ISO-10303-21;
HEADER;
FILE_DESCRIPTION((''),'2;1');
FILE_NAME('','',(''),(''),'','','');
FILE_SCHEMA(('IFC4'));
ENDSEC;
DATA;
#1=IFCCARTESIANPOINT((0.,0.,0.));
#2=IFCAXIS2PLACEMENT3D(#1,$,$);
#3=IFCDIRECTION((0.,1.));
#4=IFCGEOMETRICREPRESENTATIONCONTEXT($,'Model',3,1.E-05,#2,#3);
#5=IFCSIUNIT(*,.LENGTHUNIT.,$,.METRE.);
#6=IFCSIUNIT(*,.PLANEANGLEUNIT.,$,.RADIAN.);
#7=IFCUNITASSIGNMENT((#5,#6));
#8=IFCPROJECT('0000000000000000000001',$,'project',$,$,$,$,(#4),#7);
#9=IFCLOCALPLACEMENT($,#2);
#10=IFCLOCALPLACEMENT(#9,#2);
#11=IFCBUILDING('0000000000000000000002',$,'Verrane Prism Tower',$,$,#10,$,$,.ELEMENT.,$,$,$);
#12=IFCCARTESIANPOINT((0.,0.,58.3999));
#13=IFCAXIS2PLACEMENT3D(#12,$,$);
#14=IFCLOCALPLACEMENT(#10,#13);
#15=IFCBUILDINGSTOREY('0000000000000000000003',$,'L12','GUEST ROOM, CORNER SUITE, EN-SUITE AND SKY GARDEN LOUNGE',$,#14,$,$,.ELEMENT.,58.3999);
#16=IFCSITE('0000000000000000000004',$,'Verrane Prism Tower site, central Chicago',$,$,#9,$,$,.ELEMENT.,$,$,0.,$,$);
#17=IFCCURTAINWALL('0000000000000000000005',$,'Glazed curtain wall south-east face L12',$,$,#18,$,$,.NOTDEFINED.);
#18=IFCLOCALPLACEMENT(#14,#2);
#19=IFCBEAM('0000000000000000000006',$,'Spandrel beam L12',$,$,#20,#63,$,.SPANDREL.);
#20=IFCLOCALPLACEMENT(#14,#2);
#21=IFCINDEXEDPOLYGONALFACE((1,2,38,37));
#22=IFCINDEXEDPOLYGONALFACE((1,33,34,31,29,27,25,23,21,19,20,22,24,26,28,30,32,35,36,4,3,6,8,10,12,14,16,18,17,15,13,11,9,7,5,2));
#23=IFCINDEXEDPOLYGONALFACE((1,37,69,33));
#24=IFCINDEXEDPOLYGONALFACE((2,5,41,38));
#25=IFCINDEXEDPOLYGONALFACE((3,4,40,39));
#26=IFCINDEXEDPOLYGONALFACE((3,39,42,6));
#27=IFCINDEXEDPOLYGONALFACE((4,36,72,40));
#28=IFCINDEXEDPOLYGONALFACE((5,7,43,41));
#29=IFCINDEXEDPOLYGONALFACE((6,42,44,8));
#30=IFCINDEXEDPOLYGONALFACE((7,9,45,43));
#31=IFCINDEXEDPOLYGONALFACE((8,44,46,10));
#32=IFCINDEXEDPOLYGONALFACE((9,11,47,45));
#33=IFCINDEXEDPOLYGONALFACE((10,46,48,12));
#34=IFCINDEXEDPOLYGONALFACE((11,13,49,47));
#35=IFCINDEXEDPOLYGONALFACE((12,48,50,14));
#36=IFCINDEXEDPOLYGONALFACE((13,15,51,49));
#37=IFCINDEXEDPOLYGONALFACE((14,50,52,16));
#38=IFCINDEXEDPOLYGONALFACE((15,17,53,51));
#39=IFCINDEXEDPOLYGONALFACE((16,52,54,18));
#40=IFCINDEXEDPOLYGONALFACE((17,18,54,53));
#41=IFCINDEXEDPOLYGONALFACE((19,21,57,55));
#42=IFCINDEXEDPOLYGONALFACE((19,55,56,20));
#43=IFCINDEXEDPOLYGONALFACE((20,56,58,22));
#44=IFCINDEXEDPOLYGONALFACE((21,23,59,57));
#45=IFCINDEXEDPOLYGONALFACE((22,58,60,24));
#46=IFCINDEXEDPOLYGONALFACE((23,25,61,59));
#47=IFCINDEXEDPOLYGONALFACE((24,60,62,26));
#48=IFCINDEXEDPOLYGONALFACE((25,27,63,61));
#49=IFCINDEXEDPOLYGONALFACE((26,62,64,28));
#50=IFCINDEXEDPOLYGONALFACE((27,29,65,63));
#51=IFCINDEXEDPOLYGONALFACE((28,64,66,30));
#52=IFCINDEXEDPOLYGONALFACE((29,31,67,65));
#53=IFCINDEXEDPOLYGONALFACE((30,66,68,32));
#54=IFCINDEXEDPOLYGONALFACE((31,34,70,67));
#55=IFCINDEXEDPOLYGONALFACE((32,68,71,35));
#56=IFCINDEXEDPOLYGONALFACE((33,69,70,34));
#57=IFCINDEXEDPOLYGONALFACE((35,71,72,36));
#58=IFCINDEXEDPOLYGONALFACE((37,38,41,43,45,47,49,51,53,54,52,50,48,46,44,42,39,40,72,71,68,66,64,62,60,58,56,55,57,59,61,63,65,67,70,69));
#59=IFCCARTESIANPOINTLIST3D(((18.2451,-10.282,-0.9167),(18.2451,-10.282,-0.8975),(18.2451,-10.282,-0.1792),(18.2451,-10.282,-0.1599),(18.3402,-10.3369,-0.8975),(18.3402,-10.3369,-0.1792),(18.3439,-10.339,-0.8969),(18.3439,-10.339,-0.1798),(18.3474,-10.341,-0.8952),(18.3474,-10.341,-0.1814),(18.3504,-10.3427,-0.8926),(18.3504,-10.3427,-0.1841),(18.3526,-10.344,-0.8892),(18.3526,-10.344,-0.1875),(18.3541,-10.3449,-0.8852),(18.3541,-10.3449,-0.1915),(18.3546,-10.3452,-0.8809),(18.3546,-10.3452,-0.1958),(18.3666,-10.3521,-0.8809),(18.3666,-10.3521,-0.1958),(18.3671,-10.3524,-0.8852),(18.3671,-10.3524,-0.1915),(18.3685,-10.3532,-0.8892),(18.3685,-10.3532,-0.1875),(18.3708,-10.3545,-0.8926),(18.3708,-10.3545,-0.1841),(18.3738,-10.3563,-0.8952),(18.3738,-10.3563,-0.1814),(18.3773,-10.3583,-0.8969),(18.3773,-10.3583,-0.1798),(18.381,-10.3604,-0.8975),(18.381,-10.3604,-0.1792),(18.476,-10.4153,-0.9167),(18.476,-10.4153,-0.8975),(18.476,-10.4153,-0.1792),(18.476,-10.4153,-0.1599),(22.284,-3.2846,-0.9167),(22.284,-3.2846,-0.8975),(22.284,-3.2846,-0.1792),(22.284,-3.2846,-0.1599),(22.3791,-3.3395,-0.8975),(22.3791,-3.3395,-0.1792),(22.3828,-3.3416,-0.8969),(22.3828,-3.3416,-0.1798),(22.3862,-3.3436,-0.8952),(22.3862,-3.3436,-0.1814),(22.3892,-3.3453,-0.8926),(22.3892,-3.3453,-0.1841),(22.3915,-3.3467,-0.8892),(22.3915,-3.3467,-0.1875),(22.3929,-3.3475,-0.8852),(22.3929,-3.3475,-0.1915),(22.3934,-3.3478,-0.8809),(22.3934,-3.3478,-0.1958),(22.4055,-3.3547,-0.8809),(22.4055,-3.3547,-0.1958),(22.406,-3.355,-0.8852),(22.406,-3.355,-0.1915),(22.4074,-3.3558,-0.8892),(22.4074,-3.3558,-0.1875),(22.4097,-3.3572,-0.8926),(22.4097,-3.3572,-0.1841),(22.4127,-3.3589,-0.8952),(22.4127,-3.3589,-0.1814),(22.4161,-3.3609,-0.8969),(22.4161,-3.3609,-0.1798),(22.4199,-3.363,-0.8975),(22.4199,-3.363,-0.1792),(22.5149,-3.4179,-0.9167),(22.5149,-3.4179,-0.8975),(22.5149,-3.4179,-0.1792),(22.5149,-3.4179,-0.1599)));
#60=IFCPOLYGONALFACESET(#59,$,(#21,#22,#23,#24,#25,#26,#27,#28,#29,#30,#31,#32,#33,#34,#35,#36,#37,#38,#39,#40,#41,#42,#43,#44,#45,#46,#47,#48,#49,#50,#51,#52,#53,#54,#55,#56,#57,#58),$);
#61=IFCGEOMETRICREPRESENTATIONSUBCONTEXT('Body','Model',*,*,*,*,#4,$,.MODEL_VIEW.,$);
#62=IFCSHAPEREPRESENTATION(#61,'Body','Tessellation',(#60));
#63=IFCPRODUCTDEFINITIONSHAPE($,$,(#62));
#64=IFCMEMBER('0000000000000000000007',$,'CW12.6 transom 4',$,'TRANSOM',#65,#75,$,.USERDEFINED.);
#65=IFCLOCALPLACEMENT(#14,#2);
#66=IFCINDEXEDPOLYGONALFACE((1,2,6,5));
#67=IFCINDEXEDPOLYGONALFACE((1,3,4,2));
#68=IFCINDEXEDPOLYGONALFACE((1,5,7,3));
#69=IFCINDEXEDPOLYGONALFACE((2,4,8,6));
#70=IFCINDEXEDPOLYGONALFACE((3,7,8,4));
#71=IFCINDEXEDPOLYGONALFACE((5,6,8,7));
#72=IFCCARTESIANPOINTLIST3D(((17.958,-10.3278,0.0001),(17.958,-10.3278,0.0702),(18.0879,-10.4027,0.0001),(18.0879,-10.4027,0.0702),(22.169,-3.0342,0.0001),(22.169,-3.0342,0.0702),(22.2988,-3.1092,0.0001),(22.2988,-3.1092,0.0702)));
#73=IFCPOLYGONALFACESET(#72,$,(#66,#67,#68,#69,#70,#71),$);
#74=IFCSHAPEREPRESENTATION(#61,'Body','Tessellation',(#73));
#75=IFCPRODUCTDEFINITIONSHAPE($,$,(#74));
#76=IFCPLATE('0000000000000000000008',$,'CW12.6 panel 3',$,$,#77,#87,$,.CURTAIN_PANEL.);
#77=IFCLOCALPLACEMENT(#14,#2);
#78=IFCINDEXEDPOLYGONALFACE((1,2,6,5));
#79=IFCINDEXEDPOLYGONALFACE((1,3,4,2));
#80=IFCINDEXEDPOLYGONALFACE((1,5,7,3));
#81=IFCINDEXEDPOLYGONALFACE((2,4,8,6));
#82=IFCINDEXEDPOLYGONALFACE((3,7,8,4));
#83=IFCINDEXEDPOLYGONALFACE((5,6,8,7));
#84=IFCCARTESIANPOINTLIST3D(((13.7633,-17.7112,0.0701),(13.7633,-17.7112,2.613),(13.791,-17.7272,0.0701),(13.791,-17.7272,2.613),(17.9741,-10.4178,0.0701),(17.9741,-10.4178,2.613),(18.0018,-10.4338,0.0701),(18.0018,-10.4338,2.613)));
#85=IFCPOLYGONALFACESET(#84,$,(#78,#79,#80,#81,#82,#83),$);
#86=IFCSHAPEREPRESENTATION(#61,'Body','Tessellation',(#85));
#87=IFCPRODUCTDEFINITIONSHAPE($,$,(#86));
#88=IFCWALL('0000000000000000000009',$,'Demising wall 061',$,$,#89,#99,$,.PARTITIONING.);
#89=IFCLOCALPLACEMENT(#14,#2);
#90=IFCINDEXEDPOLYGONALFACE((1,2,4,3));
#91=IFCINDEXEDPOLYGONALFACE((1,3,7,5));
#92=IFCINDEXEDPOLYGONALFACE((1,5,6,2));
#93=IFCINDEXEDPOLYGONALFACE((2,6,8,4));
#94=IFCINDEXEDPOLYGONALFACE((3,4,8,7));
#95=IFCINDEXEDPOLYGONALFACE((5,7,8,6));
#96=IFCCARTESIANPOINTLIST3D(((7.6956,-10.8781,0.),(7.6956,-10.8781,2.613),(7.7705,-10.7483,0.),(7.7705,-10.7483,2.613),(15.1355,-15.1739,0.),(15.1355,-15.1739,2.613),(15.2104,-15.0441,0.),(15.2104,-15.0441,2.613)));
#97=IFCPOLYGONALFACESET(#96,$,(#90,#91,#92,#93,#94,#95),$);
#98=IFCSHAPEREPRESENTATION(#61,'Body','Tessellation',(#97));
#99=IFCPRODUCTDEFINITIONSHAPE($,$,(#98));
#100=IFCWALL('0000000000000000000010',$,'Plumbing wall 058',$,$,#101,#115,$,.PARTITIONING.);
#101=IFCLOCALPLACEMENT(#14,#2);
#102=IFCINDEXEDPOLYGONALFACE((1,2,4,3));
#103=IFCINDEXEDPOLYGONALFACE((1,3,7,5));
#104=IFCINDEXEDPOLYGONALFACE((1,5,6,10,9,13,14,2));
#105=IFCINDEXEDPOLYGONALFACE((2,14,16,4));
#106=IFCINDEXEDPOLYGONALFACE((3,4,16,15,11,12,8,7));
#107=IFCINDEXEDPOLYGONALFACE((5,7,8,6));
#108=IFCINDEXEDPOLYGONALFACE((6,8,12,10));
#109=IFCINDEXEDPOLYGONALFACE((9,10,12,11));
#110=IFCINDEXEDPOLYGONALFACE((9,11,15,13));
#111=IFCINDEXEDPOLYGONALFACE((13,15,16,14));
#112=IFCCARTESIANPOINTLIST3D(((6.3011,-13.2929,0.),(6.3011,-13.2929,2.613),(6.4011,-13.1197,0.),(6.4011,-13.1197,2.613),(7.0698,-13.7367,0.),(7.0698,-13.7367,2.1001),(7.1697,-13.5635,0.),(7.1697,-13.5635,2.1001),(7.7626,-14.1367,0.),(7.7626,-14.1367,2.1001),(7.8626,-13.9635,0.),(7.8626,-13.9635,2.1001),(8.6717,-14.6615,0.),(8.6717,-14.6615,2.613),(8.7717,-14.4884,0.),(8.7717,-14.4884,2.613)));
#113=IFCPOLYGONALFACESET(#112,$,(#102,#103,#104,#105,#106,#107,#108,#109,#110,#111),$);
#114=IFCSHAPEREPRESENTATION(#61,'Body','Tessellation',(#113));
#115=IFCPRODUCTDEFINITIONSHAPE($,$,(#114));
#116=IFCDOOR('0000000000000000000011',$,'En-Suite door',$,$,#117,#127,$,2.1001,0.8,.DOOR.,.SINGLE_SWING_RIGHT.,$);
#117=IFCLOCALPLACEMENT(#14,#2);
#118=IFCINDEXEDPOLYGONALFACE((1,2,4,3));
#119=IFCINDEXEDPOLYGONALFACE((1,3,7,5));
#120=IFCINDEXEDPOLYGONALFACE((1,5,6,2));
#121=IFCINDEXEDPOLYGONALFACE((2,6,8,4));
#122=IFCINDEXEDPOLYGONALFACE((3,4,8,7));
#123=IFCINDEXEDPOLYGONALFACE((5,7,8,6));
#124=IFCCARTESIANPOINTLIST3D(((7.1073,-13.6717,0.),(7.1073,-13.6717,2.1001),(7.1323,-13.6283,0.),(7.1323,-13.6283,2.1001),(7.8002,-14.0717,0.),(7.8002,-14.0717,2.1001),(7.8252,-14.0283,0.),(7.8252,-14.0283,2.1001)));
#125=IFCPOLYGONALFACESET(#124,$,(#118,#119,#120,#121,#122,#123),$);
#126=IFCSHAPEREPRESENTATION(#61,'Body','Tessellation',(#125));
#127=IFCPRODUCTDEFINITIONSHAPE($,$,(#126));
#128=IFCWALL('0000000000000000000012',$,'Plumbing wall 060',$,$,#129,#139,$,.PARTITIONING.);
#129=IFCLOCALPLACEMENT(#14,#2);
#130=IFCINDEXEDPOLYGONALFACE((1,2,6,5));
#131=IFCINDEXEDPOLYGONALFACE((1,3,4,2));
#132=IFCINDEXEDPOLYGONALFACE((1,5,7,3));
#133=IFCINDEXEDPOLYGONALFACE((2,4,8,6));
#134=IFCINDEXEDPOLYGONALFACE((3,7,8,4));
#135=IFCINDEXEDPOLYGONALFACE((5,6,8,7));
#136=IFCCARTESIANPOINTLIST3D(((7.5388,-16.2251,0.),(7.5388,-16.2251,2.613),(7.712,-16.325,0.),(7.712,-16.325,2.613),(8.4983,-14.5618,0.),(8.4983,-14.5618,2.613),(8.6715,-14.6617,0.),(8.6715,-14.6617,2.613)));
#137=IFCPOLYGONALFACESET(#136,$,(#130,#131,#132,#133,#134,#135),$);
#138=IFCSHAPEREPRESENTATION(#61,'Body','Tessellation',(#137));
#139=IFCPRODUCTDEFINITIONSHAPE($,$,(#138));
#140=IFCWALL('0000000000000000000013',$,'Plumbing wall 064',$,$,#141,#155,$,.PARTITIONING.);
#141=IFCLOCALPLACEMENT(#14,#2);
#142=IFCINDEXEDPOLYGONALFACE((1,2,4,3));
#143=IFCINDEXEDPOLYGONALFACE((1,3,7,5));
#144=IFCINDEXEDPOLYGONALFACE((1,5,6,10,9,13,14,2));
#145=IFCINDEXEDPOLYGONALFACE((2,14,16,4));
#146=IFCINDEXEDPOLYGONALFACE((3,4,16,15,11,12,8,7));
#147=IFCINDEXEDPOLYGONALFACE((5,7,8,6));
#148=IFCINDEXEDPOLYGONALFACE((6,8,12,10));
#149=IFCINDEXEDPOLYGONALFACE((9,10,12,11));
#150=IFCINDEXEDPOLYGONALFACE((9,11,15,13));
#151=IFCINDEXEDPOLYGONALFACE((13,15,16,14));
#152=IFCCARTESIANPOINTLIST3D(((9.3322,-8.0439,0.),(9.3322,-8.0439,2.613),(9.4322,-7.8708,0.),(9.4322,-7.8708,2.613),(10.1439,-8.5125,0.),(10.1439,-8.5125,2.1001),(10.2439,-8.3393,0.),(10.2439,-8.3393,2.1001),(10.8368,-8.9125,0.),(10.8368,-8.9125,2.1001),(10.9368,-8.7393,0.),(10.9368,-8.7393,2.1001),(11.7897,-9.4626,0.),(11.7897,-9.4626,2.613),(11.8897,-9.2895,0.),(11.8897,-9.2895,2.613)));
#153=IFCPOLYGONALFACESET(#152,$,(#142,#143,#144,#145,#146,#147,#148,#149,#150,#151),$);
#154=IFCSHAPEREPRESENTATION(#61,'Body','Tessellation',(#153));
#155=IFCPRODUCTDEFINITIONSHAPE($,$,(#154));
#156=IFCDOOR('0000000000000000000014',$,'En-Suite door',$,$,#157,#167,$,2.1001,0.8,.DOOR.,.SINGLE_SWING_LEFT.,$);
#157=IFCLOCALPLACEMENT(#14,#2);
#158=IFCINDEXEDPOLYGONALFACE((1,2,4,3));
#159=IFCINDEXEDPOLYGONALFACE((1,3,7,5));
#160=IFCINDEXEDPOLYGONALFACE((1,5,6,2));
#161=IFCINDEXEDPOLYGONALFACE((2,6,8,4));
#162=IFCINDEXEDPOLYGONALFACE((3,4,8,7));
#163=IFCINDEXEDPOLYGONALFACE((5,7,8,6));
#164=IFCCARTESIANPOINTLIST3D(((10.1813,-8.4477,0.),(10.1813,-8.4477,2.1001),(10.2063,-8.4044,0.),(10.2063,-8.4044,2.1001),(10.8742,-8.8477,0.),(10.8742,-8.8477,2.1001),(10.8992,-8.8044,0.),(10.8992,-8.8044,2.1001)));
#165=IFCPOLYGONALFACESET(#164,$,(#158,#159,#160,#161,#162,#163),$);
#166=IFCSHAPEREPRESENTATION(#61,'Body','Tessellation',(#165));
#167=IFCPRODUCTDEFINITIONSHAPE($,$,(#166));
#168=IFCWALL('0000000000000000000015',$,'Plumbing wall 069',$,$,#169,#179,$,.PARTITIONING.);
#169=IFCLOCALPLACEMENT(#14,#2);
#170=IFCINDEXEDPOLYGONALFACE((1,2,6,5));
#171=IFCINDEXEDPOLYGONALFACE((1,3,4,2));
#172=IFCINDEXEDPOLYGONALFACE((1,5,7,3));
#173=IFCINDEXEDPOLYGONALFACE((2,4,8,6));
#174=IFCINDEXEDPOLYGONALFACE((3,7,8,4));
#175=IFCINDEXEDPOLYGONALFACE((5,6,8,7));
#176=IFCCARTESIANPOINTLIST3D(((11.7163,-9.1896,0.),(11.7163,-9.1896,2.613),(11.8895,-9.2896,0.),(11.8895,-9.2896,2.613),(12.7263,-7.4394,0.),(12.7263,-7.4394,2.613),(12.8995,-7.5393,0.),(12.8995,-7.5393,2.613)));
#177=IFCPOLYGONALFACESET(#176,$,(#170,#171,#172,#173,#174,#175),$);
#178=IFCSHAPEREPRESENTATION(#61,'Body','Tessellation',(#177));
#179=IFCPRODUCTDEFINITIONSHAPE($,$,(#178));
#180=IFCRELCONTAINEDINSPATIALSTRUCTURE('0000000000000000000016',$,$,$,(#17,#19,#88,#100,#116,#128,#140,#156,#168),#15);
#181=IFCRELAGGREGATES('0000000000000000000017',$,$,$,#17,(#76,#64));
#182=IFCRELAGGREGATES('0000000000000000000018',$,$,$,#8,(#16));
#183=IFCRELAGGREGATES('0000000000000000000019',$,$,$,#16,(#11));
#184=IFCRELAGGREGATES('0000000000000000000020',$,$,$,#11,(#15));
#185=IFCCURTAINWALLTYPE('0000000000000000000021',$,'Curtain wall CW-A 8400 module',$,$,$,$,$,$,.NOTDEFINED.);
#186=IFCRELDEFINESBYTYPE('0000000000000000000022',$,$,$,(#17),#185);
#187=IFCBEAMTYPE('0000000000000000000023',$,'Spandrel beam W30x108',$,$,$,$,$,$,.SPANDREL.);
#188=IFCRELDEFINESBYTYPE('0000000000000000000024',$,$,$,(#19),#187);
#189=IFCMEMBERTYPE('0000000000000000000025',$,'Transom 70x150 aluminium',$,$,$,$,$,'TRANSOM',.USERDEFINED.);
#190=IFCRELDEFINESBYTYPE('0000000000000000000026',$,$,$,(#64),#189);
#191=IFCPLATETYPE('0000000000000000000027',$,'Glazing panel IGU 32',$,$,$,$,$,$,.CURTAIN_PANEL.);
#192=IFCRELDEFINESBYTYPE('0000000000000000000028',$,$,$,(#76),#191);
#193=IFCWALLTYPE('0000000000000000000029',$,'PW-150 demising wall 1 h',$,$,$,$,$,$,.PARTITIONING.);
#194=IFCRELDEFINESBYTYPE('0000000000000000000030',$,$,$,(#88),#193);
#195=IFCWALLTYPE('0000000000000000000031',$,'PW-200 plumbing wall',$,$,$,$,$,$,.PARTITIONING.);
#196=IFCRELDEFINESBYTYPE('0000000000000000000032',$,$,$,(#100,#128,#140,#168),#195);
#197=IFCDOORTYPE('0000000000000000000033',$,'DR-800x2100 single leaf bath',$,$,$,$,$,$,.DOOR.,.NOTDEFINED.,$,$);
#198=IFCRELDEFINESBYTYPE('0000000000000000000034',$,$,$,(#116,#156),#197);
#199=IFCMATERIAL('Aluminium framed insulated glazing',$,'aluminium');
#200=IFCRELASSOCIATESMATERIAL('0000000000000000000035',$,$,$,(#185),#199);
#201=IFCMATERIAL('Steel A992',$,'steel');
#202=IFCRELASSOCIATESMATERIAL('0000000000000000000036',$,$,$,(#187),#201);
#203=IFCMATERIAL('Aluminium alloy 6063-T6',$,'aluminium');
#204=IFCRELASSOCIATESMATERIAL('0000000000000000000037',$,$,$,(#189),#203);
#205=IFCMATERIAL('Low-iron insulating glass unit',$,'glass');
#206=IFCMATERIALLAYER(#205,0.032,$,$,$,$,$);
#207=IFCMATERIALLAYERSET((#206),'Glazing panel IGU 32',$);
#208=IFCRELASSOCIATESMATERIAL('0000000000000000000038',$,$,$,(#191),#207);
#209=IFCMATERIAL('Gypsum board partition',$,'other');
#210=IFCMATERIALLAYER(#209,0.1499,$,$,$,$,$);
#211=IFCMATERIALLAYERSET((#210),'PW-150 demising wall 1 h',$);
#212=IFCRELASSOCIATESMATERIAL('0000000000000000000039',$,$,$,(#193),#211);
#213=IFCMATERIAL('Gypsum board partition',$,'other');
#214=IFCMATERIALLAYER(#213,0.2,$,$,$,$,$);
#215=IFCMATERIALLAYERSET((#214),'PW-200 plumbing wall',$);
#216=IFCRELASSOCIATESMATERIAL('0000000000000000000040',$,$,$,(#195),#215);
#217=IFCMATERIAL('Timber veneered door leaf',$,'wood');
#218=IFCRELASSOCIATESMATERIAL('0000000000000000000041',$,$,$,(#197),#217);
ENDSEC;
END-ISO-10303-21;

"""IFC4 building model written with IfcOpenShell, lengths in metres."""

from ifc_helpers import new_model, si_unit, direction, frame, frame_2d, origin, origin_2d, place, context, subcontext, project, spatial, rectangle, i_section, extrude, material, layer, layer_set, material_profile, profile_set, type_object, element, fill, aggregate, save


model = new_model("IFC4")

# Units and contexts
model_context = context("Model", 3, precision=1e-05, world=origin(), true_north=direction((0.0, 1.0)))
body_context = subcontext(model_context, "Body", "Model", "MODEL_VIEW")
ifc_project = project(units=[si_unit("LENGTHUNIT", "METRE"), si_unit("PLANEANGLEUNIT", "RADIAN")], contexts=[model_context])

# Site, building, storey
site_placement = place(None, origin())
site = spatial("IfcSite", under=ifc_project, at=site_placement, Name="Verrane Prism Tower site, central Chicago", CompositionType="ELEMENT", RefElevation=0.0)
building_placement = place(site_placement, origin())
building = spatial("IfcBuilding", under=site, at=building_placement, Name="Verrane Prism Tower", CompositionType="ELEMENT")
storey_placement = place(building_placement, frame((0.0, 0.0, 58.3999)))
storey = spatial("IfcBuildingStorey", under=building, at=storey_placement, Name="L12", Description="GUEST ROOM, CORNER SUITE, EN-SUITE AND SKY GARDEN LOUNGE", CompositionType="ELEMENT", Elevation=58.3999)

# Curtain wall
ifc_material_1 = material(Name="Aluminium framed insulated glazing", Category="aluminium")
curtain_wall_type = type_object("IfcCurtainWallType", Name="Curtain wall CW-A 8400 module", PredefinedType="NOTDEFINED", material=ifc_material_1)
curtain_wall_placement = place(storey_placement, origin())
curtain_wall = element("IfcCurtainWall", 1, at=curtain_wall_placement, inside=storey, type_object=curtain_wall_type, Name="Glazed curtain wall south-east face L12", PredefinedType="NOTDEFINED")

# Beam
ifc_material_2 = material(Name="Steel A992", Category="steel")
ifc_material_profile_1 = material_profile(ifc_material_2, i_section(OverallWidth=0.2666, OverallDepth=0.7568, WebThickness=0.0139, FlangeThickness=0.0193, FilletRadius=0.0166, at=origin_2d()), Name="W30x108")
ifc_profile_set_1 = profile_set([ifc_material_profile_1], Name="Steel A992")
beam_type_1 = type_object("IfcBeamType", Name="Spandrel beam W30x108", PredefinedType="SPANDREL", material=ifc_profile_set_1)
beam_1_placement = place(storey_placement, frame((18.3606, -10.3486, -0.5383), z_axis=(0.499899, 0.866083, 0.0), x_axis=(-0.866083, 0.499899, 0.0)))
element("IfcBeam", 2, at=beam_1_placement, inside=storey, type_object=beam_type_1, Name="Spandrel beam L12", PredefinedType="SPANDREL", context=body_context, shape_type="SweptSolid", body=[
    extrude(i_section(OverallWidth=0.2666, OverallDepth=0.7568, WebThickness=0.0139, FlangeThickness=0.0193, FilletRadius=0.0166, at=origin_2d()), origin(), (0.0, 0.0, 1.0), 8.0793),
])

# Member
ifc_material_3 = material(Name="Aluminium alloy 6063-T6", Category="aluminium")
ifc_material_profile_2 = material_profile(ifc_material_3, rectangle(XDim=0.1499, YDim=0.0701, at=origin_2d()), Name="Transom 70x150 aluminium")
ifc_profile_set_2 = profile_set([ifc_material_profile_2], Name="Aluminium alloy 6063-T6")
member_type_1 = type_object("IfcMemberType", Name="Transom 70x150 aluminium", ElementType="TRANSOM", PredefinedType="USERDEFINED", material=ifc_profile_set_2)
member_1_placement = place(storey_placement, frame((18.0229, -10.3652, 0.0352), z_axis=(0.500005, 0.866022, 0.0), x_axis=(-0.866022, 0.500005, 0.0)))
member_1 = element("IfcMember", 3, at=member_1_placement, type_object=member_type_1, Name="CW12.6 transom 4", ObjectType="TRANSOM", PredefinedType="USERDEFINED", context=body_context, shape_type="SweptSolid", body=[
    extrude(rectangle(XDim=0.1499, YDim=0.0701, at=origin_2d()), origin(), (0.0, 0.0, 1.0), 8.4219),
])

# Plate
ifc_material_4 = material(Name="Low-iron insulating glass unit", Category="glass")
ifc_layer_1 = layer(ifc_material_4, 0.032)
ifc_layer_set_1 = layer_set([ifc_layer_1], Name="Glazing panel IGU 32")
plate_type = type_object("IfcPlateType", Name="Glazing panel IGU 32", PredefinedType="CURTAIN_PANEL", material=ifc_layer_set_1)
plate_placement = place(storey_placement, frame((15.8826, -14.0725, 0.0701), z_axis=(0.0, 0.0, 1.0), x_axis=(0.499999, 0.866026, 0.0)))
plate = element("IfcPlate", 4, at=plate_placement, type_object=plate_type, Name="CW12.6 panel 3", PredefinedType="CURTAIN_PANEL", context=body_context, shape_type="SweptSolid", body=[
    extrude(rectangle(XDim=8.4216, YDim=0.032, at=origin_2d()), origin(), (0.0, 0.0, 1.0), 2.543),
])
aggregate(curtain_wall, [plate, member_1])

# Wall
ifc_material_5 = material(Name="Gypsum board partition", Category="other")
ifc_layer_2 = layer(ifc_material_5, 0.1499)
ifc_layer_set_2 = layer_set([ifc_layer_2], Name="PW-150 demising wall 1 h")
wall_type_1 = type_object("IfcWallType", Name="PW-150 demising wall 1 h", PredefinedType="PARTITIONING", material=ifc_layer_set_2)
wall_1_placement = place(storey_placement, frame((7.7332, -10.8132, 0.0), z_axis=(0.0, 0.0, 1.0), x_axis=(0.866003, -0.500039, 0.0)))
element("IfcWall", 5, at=wall_1_placement, inside=storey, type_object=wall_type_1, Name="Demising wall 061", PredefinedType="PARTITIONING", context=body_context, shape_type="SweptSolid", body=[
    extrude(rectangle(XDim=8.5911, YDim=0.1499, at=frame_2d((4.2954, 0.0))), origin(), (0.0, 0.0, 1.0), 2.613),
])

# Wall, opening, door
ifc_material_6 = material(Name="Gypsum board partition", Category="other")
ifc_layer_3 = layer(ifc_material_6, 0.2)
ifc_layer_set_3 = layer_set([ifc_layer_3], Name="PW-200 plumbing wall")
wall_type_2 = type_object("IfcWallType", Name="PW-200 plumbing wall", PredefinedType="PARTITIONING", material=ifc_layer_set_3)
wall_2_placement = place(storey_placement, frame((8.7217, -14.575, 0.0), z_axis=(0.0, 0.0, 1.0), x_axis=(-0.866028, 0.499995, 0.0)))
wall_2 = element("IfcWall", 6, at=wall_2_placement, inside=storey, type_object=wall_type_2, Name="Plumbing wall 058", PredefinedType="PARTITIONING", context=body_context, shape_type="SweptSolid", body=[
    extrude(rectangle(XDim=2.7373, YDim=0.2, at=frame_2d((1.3687, 0.0))), origin(), (0.0, 0.0, 1.0), 2.613),
])
opening_1_placement = place(wall_2_placement, frame((1.0498, 0.0, 0.0)))
opening_1 = element("IfcOpeningElement", 7, at=opening_1_placement, cuts=wall_2, PredefinedType="OPENING", context=body_context, shape_type="SweptSolid", body=[
    extrude(rectangle(XDim=0.8, YDim=2.1001, at=frame_2d((0.3999, 1.05))), frame((0.0, 0.1099, 0.0), z_axis=(0.0, -1.0, 0.0), x_axis=(1.0, 0.0, 0.0)), (0.0, 0.0, 1.0), 0.22),
])
ifc_material_7 = material(Name="Timber veneered door leaf", Category="wood")
door_type = type_object("IfcDoorType", Name="DR-800x2100 single leaf bath", OperationType="NOTDEFINED", PredefinedType="DOOR", material=ifc_material_7)
door_1_placement = place(opening_1_placement, origin())
door_1 = element("IfcDoor", 8, at=door_1_placement, inside=storey, type_object=door_type, Name="En-Suite door", OperationType="SINGLE_SWING_RIGHT", OverallHeight=2.1001, OverallWidth=0.8, PredefinedType="DOOR", context=body_context, shape_type="SweptSolid", body=[
    extrude(rectangle(XDim=0.8, YDim=2.1001, at=frame_2d((0.3999, 1.05))), frame((0.0, 0.0249, 0.0), z_axis=(0.0, -1.0, 0.0), x_axis=(1.0, 0.0, 0.0)), (0.0, 0.0, 1.0), 0.05),
])
fill(opening_1, door_1)

# Wall
wall_3_placement = place(storey_placement, frame((7.6255, -16.2749, 0.0), z_axis=(0.0, 0.0, 1.0), x_axis=(0.499667, 0.866217, 0.0)))
element("IfcWall", 9, at=wall_3_placement, inside=storey, type_object=wall_type_2, Name="Plumbing wall 060", PredefinedType="PARTITIONING", context=body_context, shape_type="SweptSolid", body=[
    extrude(rectangle(XDim=1.9202, YDim=0.2, at=frame_2d((0.96, 0.0))), origin(), (0.0, 0.0, 1.0), 2.613),
])

# Wall, opening, door
wall_4_placement = place(storey_placement, frame((9.3821, -7.9573, 0.0), z_axis=(0.0, 0.0, 1.0), x_axis=(0.866048, -0.499961, 0.0)))
wall_4 = element("IfcWall", 10, at=wall_4_placement, inside=storey, type_object=wall_type_2, Name="Plumbing wall 064", PredefinedType="PARTITIONING", context=body_context, shape_type="SweptSolid", body=[
    extrude(rectangle(XDim=2.8376, YDim=0.2, at=frame_2d((1.4189, 0.0))), origin(), (0.0, 0.0, 1.0), 2.613),
])
opening_2_placement = place(wall_4_placement, frame((0.9375, 0.0, 0.0)))
opening_2 = element("IfcOpeningElement", 11, at=opening_2_placement, cuts=wall_4, PredefinedType="OPENING", context=body_context, shape_type="SweptSolid", body=[
    extrude(rectangle(XDim=0.8, YDim=2.1001, at=frame_2d((0.3999, 1.05))), frame((0.0, 0.1099, 0.0), z_axis=(0.0, -1.0, 0.0), x_axis=(1.0, 0.0, 0.0)), (0.0, 0.0, 1.0), 0.22),
])
door_2_placement = place(opening_2_placement, origin())
door_2 = element("IfcDoor", 12, at=door_2_placement, inside=storey, type_object=door_type, Name="En-Suite door", OperationType="SINGLE_SWING_LEFT", OverallHeight=2.1001, OverallWidth=0.8, PredefinedType="DOOR", context=body_context, shape_type="SweptSolid", body=[
    extrude(rectangle(XDim=0.8, YDim=2.1001, at=frame_2d((0.3999, 1.05))), frame((0.0, 0.0249, 0.0), z_axis=(0.0, -1.0, 0.0), x_axis=(1.0, 0.0, 0.0)), (0.0, 0.0, 1.0), 0.05),
])
fill(opening_2, door_2)

# Wall
wall_5_placement = place(storey_placement, frame((11.803, -9.2395, 0.0), z_axis=(0.0, 0.0, 1.0), x_axis=(0.499817, 0.866131, 0.0)))
element("IfcWall", 13, at=wall_5_placement, inside=storey, type_object=wall_type_2, Name="Plumbing wall 069", PredefinedType="PARTITIONING", context=body_context, shape_type="SweptSolid", body=[
    extrude(rectangle(XDim=2.0208, YDim=0.2, at=frame_2d((1.0103, 0.0))), origin(), (0.0, 0.0, 1.0), 2.613),
])

save(model, "model.ifc")
